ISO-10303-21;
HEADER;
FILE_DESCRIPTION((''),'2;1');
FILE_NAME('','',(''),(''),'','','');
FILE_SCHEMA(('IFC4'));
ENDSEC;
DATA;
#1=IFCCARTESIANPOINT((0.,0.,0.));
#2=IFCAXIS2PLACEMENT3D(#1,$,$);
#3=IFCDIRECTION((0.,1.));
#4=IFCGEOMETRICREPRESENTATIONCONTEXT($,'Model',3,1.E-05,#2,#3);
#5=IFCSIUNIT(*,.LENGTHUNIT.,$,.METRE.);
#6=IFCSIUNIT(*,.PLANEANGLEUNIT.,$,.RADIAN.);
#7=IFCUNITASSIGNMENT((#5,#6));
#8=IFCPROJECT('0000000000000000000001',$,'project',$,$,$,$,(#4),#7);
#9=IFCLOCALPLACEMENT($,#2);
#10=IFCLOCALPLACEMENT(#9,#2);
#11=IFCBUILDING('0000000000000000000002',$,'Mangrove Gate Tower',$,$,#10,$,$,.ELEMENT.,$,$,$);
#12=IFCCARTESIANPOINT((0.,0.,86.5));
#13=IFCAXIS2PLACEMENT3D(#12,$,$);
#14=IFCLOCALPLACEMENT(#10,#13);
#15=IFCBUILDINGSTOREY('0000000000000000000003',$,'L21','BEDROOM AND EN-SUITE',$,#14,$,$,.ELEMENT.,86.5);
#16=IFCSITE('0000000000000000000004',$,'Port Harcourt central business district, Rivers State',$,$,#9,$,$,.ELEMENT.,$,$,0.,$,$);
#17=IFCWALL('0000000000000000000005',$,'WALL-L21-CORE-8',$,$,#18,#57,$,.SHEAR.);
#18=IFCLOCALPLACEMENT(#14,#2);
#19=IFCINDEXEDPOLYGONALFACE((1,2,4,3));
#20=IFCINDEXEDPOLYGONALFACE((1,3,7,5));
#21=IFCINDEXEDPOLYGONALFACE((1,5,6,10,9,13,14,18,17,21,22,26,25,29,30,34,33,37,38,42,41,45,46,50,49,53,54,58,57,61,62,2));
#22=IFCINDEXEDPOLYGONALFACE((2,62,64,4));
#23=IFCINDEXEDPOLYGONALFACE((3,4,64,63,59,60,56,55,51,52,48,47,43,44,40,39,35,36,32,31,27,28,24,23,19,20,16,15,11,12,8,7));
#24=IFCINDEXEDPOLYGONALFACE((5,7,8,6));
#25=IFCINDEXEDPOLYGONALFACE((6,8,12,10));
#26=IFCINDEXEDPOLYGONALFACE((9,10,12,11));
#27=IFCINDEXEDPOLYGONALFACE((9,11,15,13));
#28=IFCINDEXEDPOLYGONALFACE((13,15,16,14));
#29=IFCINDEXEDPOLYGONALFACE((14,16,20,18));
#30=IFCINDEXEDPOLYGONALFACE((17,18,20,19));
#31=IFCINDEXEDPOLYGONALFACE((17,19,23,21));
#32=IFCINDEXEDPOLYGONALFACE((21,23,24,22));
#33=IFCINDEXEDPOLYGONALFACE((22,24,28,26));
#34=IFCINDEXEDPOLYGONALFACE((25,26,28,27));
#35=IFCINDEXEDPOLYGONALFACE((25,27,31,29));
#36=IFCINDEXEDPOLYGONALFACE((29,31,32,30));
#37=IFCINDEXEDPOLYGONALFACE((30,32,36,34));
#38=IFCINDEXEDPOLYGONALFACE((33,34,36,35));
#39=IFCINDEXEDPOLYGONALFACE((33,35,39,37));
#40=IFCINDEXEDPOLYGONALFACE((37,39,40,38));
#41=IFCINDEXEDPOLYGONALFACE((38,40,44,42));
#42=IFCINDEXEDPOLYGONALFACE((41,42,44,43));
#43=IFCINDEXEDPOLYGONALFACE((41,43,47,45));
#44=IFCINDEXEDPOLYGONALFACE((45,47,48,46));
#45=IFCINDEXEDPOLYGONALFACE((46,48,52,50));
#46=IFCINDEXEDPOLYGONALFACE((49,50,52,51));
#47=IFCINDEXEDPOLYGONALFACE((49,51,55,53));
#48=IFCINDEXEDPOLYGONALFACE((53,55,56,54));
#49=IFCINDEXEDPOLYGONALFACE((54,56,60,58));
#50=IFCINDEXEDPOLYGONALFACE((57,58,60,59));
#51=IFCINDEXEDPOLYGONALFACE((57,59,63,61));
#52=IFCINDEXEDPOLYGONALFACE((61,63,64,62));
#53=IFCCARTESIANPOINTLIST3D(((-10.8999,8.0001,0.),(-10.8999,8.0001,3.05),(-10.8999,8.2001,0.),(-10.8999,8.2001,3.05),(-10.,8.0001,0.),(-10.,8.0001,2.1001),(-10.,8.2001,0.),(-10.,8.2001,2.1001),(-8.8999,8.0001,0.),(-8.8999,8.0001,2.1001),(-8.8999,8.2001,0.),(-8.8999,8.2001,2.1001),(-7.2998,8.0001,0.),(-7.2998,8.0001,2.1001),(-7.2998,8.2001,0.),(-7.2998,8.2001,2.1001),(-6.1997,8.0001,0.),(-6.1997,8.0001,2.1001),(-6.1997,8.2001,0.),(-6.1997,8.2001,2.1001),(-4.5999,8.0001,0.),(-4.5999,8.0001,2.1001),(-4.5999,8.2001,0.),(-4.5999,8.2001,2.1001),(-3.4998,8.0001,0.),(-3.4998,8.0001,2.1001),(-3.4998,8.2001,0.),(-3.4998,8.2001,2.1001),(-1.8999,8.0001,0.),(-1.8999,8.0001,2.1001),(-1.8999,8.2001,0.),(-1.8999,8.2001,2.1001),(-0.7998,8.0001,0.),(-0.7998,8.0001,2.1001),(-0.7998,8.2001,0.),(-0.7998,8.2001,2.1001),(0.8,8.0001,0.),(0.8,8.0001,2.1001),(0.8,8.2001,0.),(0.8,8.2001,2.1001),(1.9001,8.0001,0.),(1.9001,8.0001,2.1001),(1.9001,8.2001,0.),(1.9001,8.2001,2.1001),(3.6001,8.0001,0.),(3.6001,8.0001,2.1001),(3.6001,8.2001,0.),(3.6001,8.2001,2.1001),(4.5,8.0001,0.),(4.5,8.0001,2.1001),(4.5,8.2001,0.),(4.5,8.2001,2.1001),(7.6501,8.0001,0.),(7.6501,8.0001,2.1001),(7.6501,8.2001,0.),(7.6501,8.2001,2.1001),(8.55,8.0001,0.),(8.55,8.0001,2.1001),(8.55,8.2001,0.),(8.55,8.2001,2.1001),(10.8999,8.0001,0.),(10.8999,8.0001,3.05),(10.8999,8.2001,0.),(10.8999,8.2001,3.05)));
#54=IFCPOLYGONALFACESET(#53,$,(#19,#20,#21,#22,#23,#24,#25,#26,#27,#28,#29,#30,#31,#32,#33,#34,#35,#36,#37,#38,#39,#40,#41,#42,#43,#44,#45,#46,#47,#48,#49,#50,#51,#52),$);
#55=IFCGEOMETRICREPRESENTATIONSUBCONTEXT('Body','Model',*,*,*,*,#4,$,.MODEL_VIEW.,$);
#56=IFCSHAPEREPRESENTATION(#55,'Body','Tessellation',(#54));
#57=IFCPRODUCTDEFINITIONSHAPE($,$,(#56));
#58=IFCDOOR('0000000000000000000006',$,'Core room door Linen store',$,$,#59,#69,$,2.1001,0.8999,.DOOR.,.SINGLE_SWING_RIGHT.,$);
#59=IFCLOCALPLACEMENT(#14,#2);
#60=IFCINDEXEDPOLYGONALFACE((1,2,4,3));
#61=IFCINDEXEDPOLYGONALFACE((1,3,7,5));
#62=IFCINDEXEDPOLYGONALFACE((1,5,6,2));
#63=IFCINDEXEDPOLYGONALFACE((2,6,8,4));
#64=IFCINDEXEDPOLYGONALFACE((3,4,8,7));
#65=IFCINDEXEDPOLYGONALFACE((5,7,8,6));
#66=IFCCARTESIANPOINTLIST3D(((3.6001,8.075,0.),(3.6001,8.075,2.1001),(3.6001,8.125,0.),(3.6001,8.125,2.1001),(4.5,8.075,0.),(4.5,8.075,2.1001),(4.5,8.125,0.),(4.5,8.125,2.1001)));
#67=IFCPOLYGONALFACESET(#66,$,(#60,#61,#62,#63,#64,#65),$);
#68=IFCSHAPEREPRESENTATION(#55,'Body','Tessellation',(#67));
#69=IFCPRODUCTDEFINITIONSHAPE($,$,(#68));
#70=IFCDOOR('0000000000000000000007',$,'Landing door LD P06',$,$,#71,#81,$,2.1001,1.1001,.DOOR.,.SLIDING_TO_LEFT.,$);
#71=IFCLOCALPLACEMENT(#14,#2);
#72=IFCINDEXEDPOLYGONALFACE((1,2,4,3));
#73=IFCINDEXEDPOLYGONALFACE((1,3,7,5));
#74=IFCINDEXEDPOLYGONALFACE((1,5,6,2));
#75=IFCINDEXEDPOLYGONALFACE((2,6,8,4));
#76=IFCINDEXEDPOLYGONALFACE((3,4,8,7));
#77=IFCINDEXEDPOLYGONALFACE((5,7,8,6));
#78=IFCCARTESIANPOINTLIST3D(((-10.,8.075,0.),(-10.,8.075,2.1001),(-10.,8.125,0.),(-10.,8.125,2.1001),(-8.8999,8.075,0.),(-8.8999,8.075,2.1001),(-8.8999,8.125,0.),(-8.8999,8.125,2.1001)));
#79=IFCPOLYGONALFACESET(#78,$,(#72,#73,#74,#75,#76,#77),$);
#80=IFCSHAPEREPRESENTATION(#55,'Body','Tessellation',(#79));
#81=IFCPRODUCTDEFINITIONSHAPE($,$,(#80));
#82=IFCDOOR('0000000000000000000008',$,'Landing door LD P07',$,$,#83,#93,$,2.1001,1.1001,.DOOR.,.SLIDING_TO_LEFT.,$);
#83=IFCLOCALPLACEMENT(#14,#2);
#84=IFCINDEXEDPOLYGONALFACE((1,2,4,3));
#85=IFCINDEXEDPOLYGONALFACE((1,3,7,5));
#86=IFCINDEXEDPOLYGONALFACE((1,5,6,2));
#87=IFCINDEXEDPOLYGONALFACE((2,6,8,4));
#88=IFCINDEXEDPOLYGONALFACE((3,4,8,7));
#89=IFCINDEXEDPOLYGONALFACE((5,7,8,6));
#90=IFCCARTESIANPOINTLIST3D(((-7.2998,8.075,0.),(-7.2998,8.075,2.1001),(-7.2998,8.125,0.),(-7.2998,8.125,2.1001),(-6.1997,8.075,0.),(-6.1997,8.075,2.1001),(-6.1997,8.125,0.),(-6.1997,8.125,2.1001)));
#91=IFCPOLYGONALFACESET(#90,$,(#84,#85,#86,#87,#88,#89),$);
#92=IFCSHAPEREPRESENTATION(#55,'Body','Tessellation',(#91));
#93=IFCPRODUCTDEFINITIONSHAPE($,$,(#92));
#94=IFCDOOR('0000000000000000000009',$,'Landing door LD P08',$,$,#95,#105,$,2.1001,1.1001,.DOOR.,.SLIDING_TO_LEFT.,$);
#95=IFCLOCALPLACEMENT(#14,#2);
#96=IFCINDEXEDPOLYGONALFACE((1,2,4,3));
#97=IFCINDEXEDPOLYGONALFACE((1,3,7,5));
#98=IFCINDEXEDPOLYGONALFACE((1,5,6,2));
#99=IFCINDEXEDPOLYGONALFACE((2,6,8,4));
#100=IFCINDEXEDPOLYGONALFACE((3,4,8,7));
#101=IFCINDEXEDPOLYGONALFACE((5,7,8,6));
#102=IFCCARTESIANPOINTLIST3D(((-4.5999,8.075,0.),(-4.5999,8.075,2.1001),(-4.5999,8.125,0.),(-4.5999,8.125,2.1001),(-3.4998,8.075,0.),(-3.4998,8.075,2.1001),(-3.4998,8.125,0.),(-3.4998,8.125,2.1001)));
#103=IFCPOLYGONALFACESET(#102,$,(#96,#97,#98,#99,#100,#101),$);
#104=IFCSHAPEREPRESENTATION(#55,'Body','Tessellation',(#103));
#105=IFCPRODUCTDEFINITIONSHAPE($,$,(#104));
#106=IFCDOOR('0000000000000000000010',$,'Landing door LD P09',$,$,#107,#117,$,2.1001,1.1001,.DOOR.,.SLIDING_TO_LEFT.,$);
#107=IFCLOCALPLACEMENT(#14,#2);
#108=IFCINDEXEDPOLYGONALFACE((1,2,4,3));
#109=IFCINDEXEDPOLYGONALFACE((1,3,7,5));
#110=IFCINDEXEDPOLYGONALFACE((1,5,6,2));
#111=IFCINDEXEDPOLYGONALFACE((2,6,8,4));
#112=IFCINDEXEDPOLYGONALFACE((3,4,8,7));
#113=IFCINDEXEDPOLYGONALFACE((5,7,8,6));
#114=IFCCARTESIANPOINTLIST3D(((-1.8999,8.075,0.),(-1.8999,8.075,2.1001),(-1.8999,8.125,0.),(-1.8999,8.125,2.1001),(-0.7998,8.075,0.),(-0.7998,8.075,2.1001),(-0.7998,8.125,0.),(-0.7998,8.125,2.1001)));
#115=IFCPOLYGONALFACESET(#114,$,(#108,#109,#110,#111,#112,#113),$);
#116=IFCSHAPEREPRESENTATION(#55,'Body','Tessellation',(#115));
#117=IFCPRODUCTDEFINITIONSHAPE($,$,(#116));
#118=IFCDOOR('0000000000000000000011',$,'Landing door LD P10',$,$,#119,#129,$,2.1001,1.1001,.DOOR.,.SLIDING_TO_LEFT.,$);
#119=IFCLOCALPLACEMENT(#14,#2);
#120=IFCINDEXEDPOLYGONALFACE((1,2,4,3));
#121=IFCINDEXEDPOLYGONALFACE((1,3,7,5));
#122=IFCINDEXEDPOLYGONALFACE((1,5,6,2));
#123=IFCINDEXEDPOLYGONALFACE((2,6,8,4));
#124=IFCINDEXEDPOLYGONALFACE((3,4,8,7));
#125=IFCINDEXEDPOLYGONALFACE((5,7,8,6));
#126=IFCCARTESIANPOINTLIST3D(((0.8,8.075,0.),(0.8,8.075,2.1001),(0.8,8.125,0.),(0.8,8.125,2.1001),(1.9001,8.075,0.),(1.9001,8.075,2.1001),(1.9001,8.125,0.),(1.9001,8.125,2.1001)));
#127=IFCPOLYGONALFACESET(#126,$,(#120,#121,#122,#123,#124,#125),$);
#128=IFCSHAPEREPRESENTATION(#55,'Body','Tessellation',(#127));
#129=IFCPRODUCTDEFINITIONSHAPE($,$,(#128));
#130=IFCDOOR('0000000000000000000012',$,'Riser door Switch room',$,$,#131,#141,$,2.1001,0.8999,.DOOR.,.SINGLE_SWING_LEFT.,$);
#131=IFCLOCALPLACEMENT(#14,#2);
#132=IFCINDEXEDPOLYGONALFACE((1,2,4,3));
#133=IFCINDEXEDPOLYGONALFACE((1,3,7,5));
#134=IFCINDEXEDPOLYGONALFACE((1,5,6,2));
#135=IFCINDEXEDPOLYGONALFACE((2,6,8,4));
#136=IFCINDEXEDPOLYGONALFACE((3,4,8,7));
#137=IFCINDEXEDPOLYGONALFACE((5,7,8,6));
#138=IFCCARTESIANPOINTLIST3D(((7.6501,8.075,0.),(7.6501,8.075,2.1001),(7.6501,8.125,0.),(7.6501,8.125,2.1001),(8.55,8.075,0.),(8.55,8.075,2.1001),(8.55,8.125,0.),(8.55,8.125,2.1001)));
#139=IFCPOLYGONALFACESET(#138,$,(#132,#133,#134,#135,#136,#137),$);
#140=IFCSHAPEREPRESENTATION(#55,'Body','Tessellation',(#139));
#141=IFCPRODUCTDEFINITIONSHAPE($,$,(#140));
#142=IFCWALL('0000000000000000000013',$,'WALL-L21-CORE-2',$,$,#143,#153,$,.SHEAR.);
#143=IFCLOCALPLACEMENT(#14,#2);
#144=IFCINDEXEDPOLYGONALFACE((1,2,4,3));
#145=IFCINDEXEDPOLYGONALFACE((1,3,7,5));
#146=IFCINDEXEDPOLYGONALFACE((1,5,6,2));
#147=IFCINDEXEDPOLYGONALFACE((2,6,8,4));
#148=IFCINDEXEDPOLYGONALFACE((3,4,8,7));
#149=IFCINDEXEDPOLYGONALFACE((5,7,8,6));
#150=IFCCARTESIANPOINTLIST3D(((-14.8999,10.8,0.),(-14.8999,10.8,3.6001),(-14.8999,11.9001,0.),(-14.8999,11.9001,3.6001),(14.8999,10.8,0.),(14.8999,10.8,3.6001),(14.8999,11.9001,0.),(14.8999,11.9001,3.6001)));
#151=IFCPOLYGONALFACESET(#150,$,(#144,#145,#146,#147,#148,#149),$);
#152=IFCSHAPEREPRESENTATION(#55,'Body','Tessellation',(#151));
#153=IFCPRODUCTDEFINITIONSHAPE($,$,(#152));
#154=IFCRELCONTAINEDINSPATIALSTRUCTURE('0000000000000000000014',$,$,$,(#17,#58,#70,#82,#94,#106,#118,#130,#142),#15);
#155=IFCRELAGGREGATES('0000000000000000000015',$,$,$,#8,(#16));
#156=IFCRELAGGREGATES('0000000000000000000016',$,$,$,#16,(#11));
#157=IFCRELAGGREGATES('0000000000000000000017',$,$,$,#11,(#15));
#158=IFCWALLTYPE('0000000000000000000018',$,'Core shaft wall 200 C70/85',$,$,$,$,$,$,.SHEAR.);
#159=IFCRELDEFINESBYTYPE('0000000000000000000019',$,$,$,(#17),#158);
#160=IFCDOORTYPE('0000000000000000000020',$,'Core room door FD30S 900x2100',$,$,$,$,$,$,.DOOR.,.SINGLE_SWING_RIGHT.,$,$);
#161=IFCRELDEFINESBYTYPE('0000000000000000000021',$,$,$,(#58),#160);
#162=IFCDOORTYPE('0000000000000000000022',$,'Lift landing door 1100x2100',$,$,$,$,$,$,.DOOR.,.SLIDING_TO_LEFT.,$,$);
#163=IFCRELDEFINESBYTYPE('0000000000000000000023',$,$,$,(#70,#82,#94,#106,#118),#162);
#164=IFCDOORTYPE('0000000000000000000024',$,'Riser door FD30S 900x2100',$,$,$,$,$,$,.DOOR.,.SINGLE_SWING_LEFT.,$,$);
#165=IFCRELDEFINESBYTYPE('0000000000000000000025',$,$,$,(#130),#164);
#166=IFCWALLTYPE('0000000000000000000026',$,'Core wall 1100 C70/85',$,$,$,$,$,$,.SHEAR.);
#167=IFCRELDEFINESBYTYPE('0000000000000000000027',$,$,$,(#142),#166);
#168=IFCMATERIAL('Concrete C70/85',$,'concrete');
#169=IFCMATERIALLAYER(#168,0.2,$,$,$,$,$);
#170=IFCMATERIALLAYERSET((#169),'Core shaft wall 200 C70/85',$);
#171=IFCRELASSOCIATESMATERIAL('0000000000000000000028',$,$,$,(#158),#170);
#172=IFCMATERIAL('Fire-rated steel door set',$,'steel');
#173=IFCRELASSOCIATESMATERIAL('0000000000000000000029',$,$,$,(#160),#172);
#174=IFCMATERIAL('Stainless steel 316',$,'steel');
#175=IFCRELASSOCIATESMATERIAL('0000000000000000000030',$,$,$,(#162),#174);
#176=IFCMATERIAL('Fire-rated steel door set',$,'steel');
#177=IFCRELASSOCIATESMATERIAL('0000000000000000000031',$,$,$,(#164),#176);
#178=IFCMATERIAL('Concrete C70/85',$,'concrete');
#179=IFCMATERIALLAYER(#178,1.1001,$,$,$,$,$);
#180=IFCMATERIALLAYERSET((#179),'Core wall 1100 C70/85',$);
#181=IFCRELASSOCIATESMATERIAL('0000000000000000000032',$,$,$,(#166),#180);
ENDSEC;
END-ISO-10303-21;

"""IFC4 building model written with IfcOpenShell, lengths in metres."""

from ifc_helpers import new_model, si_unit, direction, frame, frame_2d, origin, place, context, subcontext, project, spatial, rectangle, extrude, material, layer, layer_set, type_object, element, fill, save


model = new_model("IFC4")

# Units and contexts
model_context = context("Model", 3, precision=1e-05, world=origin(), true_north=direction((0.0, 1.0)))
body_context = subcontext(model_context, "Body", "Model", "MODEL_VIEW")
ifc_project = project(units=[si_unit("LENGTHUNIT", "METRE"), si_unit("PLANEANGLEUNIT", "RADIAN")], contexts=[model_context])

# Site, building, storey
site_placement = place(None, origin())
site = spatial("IfcSite", under=ifc_project, at=site_placement, Name="Port Harcourt central business district, Rivers State", CompositionType="ELEMENT", RefElevation=0.0)
building_placement = place(site_placement, origin())
building = spatial("IfcBuilding", under=site, at=building_placement, Name="Mangrove Gate Tower", CompositionType="ELEMENT")
storey_placement = place(building_placement, frame((0.0, 0.0, 86.5)))
storey = spatial("IfcBuildingStorey", under=building, at=storey_placement, Name="L21", Description="BEDROOM AND EN-SUITE", CompositionType="ELEMENT", Elevation=86.5)

# Wall, openings, doors
ifc_material_1 = material(Name="Concrete C70/85", Category="concrete")
ifc_layer_1 = layer(ifc_material_1, 0.2)
ifc_layer_set_1 = layer_set([ifc_layer_1], Name="Core shaft wall 200 C70/85")
wall_type_1 = type_object("IfcWallType", Name="Core shaft wall 200 C70/85", PredefinedType="SHEAR", material=ifc_layer_set_1)
ifc_material_2 = material(Name="Fire-rated steel door set", Category="steel")
door_type_1 = type_object("IfcDoorType", Name="Core room door FD30S 900x2100", OperationType="SINGLE_SWING_RIGHT", PredefinedType="DOOR", material=ifc_material_2)
ifc_material_3 = material(Name="Stainless steel 316", Category="steel")
door_type_2 = type_object("IfcDoorType", Name="Lift landing door 1100x2100", OperationType="SLIDING_TO_LEFT", PredefinedType="DOOR", material=ifc_material_3)
ifc_material_4 = material(Name="Fire-rated steel door set", Category="steel")
door_type_3 = type_object("IfcDoorType", Name="Riser door FD30S 900x2100", OperationType="SINGLE_SWING_LEFT", PredefinedType="DOOR", material=ifc_material_4)
wall_1_placement = place(storey_placement, frame((-10.8999, 8.1001, 0.0), z_axis=(0.0, 0.0, 1.0), x_axis=(1.0, 0.0, 0.0)))
wall_1 = element("IfcWall", 1, at=wall_1_placement, inside=storey, type_object=wall_type_1, Name="WALL-L21-CORE-8", PredefinedType="SHEAR", context=body_context, shape_type="SweptSolid", body=[
    extrude(rectangle(XDim=21.7998, YDim=0.2, at=frame_2d((10.8999, 0.0))), origin(), (0.0, 0.0, 1.0), 3.05),
])
opening_1_placement = place(wall_1_placement, frame((0.8999, 0.0, 0.0)))
opening_1 = element("IfcOpeningElement", 2, at=opening_1_placement, cuts=wall_1, PredefinedType="OPENING", context=body_context, shape_type="SweptSolid", body=[
    extrude(rectangle(XDim=1.1001, YDim=2.1001, at=frame_2d((0.55, 1.05))), frame((0.0, 0.1099, 0.0), z_axis=(0.0, -1.0, 0.0), x_axis=(1.0, 0.0, 0.0)), (0.0, 0.0, 1.0), 0.22),
])
opening_2_placement = place(wall_1_placement, frame((3.6001, 0.0, 0.0)))
opening_2 = element("IfcOpeningElement", 3, at=opening_2_placement, cuts=wall_1, PredefinedType="OPENING", context=body_context, shape_type="SweptSolid", body=[
    extrude(rectangle(XDim=1.1001, YDim=2.1001, at=frame_2d((0.55, 1.05))), frame((0.0, 0.1099, 0.0), z_axis=(0.0, -1.0, 0.0), x_axis=(1.0, 0.0, 0.0)), (0.0, 0.0, 1.0), 0.22),
])
opening_3_placement = place(wall_1_placement, frame((6.3, 0.0, 0.0)))
opening_3 = element("IfcOpeningElement", 4, at=opening_3_placement, cuts=wall_1, PredefinedType="OPENING", context=body_context, shape_type="SweptSolid", body=[
    extrude(rectangle(XDim=1.1001, YDim=2.1001, at=frame_2d((0.55, 1.05))), frame((0.0, 0.1099, 0.0), z_axis=(0.0, -1.0, 0.0), x_axis=(1.0, 0.0, 0.0)), (0.0, 0.0, 1.0), 0.22),
])
opening_4_placement = place(wall_1_placement, frame((9.0, 0.0, 0.0)))
opening_4 = element("IfcOpeningElement", 5, at=opening_4_placement, cuts=wall_1, PredefinedType="OPENING", context=body_context, shape_type="SweptSolid", body=[
    extrude(rectangle(XDim=1.1001, YDim=2.1001, at=frame_2d((0.55, 1.05))), frame((0.0, 0.1099, 0.0), z_axis=(0.0, -1.0, 0.0), x_axis=(1.0, 0.0, 0.0)), (0.0, 0.0, 1.0), 0.22),
])
opening_5_placement = place(wall_1_placement, frame((11.7, 0.0, 0.0)))
opening_5 = element("IfcOpeningElement", 6, at=opening_5_placement, cuts=wall_1, PredefinedType="OPENING", context=body_context, shape_type="SweptSolid", body=[
    extrude(rectangle(XDim=1.1001, YDim=2.1001, at=frame_2d((0.55, 1.05))), frame((0.0, 0.1099, 0.0), z_axis=(0.0, -1.0, 0.0), x_axis=(1.0, 0.0, 0.0)), (0.0, 0.0, 1.0), 0.22),
])
opening_6_placement = place(wall_1_placement, frame((14.5, 0.0, 0.0)))
opening_6 = element("IfcOpeningElement", 7, at=opening_6_placement, cuts=wall_1, PredefinedType="OPENING", context=body_context, shape_type="SweptSolid", body=[
    extrude(rectangle(XDim=0.8999, YDim=2.1001, at=frame_2d((0.45, 1.05))), frame((0.0, 0.1099, 0.0), z_axis=(0.0, -1.0, 0.0), x_axis=(1.0, 0.0, 0.0)), (0.0, 0.0, 1.0), 0.22),
])
opening_7_placement = place(wall_1_placement, frame((18.55, 0.0, 0.0)))
opening_7 = element("IfcOpeningElement", 8, at=opening_7_placement, cuts=wall_1, PredefinedType="OPENING", context=body_context, shape_type="SweptSolid", body=[
    extrude(rectangle(XDim=0.8999, YDim=2.1001, at=frame_2d((0.45, 1.05))), frame((0.0, 0.1099, 0.0), z_axis=(0.0, -1.0, 0.0), x_axis=(1.0, 0.0, 0.0)), (0.0, 0.0, 1.0), 0.22),
])
door_1_placement = place(opening_6_placement, origin())
door_1 = element("IfcDoor", 9, at=door_1_placement, inside=storey, type_object=door_type_1, Name="Core room door Linen store", OperationType="SINGLE_SWING_RIGHT", OverallHeight=2.1001, OverallWidth=0.8999, PredefinedType="DOOR", context=body_context, shape_type="SweptSolid", body=[
    extrude(rectangle(XDim=0.8999, YDim=2.1001, at=frame_2d((0.45, 1.05))), frame((0.0, 0.0249, 0.0), z_axis=(0.0, -1.0, 0.0), x_axis=(1.0, 0.0, 0.0)), (0.0, 0.0, 1.0), 0.05),
])
fill(opening_6, door_1)
door_2_placement = place(opening_1_placement, origin())
door_2 = element("IfcDoor", 10, at=door_2_placement, inside=storey, type_object=door_type_2, Name="Landing door LD P06", OperationType="SLIDING_TO_LEFT", OverallHeight=2.1001, OverallWidth=1.1001, PredefinedType="DOOR", context=body_context, shape_type="SweptSolid", body=[
    extrude(rectangle(XDim=1.1001, YDim=2.1001, at=frame_2d((0.55, 1.05))), frame((0.0, 0.0249, 0.0), z_axis=(0.0, -1.0, 0.0), x_axis=(1.0, 0.0, 0.0)), (0.0, 0.0, 1.0), 0.05),
])
fill(opening_1, door_2)
door_3_placement = place(opening_2_placement, origin())
door_3 = element("IfcDoor", 11, at=door_3_placement, inside=storey, type_object=door_type_2, Name="Landing door LD P07", OperationType="SLIDING_TO_LEFT", OverallHeight=2.1001, OverallWidth=1.1001, PredefinedType="DOOR", context=body_context, shape_type="SweptSolid", body=[
    extrude(rectangle(XDim=1.1001, YDim=2.1001, at=frame_2d((0.55, 1.05))), frame((0.0, 0.0249, 0.0), z_axis=(0.0, -1.0, 0.0), x_axis=(1.0, 0.0, 0.0)), (0.0, 0.0, 1.0), 0.05),
])
fill(opening_2, door_3)
door_4_placement = place(opening_3_placement, origin())
door_4 = element("IfcDoor", 12, at=door_4_placement, inside=storey, type_object=door_type_2, Name="Landing door LD P08", OperationType="SLIDING_TO_LEFT", OverallHeight=2.1001, OverallWidth=1.1001, PredefinedType="DOOR", context=body_context, shape_type="SweptSolid", body=[
    extrude(rectangle(XDim=1.1001, YDim=2.1001, at=frame_2d((0.55, 1.05))), frame((0.0, 0.0249, 0.0), z_axis=(0.0, -1.0, 0.0), x_axis=(1.0, 0.0, 0.0)), (0.0, 0.0, 1.0), 0.05),
])
fill(opening_3, door_4)
door_5_placement = place(opening_4_placement, origin())
door_5 = element("IfcDoor", 13, at=door_5_placement, inside=storey, type_object=door_type_2, Name="Landing door LD P09", OperationType="SLIDING_TO_LEFT", OverallHeight=2.1001, OverallWidth=1.1001, PredefinedType="DOOR", context=body_context, shape_type="SweptSolid", body=[
    extrude(rectangle(XDim=1.1001, YDim=2.1001, at=frame_2d((0.55, 1.05))), frame((0.0, 0.0249, 0.0), z_axis=(0.0, -1.0, 0.0), x_axis=(1.0, 0.0, 0.0)), (0.0, 0.0, 1.0), 0.05),
])
fill(opening_4, door_5)
door_6_placement = place(opening_5_placement, origin())
door_6 = element("IfcDoor", 14, at=door_6_placement, inside=storey, type_object=door_type_2, Name="Landing door LD P10", OperationType="SLIDING_TO_LEFT", OverallHeight=2.1001, OverallWidth=1.1001, PredefinedType="DOOR", context=body_context, shape_type="SweptSolid", body=[
    extrude(rectangle(XDim=1.1001, YDim=2.1001, at=frame_2d((0.55, 1.05))), frame((0.0, 0.0249, 0.0), z_axis=(0.0, -1.0, 0.0), x_axis=(1.0, 0.0, 0.0)), (0.0, 0.0, 1.0), 0.05),
])
fill(opening_5, door_6)
door_7_placement = place(opening_7_placement, origin())
door_7 = element("IfcDoor", 15, at=door_7_placement, inside=storey, type_object=door_type_3, Name="Riser door Switch room", OperationType="SINGLE_SWING_LEFT", OverallHeight=2.1001, OverallWidth=0.8999, PredefinedType="DOOR", context=body_context, shape_type="SweptSolid", body=[
    extrude(rectangle(XDim=0.8999, YDim=2.1001, at=frame_2d((0.45, 1.05))), frame((0.0, 0.0249, 0.0), z_axis=(0.0, -1.0, 0.0), x_axis=(1.0, 0.0, 0.0)), (0.0, 0.0, 1.0), 0.05),
])
fill(opening_7, door_7)

# Wall
ifc_material_5 = material(Name="Concrete C70/85", Category="concrete")
ifc_layer_2 = layer(ifc_material_5, 1.1001)
ifc_layer_set_2 = layer_set([ifc_layer_2], Name="Core wall 1100 C70/85")
wall_type_2 = type_object("IfcWallType", Name="Core wall 1100 C70/85", PredefinedType="SHEAR", material=ifc_layer_set_2)
wall_2_placement = place(storey_placement, frame((-14.8999, 11.3501, 0.0), z_axis=(0.0, 0.0, 1.0), x_axis=(1.0, 0.0, 0.0)))
element("IfcWall", 16, at=wall_2_placement, inside=storey, type_object=wall_type_2, Name="WALL-L21-CORE-2", PredefinedType="SHEAR", context=body_context, shape_type="SweptSolid", body=[
    extrude(rectangle(XDim=29.7998, YDim=1.1001, at=frame_2d((14.8999, 0.0))), origin(), (0.0, 0.0, 1.0), 3.6001),
])

save(model, "model.ifc")
